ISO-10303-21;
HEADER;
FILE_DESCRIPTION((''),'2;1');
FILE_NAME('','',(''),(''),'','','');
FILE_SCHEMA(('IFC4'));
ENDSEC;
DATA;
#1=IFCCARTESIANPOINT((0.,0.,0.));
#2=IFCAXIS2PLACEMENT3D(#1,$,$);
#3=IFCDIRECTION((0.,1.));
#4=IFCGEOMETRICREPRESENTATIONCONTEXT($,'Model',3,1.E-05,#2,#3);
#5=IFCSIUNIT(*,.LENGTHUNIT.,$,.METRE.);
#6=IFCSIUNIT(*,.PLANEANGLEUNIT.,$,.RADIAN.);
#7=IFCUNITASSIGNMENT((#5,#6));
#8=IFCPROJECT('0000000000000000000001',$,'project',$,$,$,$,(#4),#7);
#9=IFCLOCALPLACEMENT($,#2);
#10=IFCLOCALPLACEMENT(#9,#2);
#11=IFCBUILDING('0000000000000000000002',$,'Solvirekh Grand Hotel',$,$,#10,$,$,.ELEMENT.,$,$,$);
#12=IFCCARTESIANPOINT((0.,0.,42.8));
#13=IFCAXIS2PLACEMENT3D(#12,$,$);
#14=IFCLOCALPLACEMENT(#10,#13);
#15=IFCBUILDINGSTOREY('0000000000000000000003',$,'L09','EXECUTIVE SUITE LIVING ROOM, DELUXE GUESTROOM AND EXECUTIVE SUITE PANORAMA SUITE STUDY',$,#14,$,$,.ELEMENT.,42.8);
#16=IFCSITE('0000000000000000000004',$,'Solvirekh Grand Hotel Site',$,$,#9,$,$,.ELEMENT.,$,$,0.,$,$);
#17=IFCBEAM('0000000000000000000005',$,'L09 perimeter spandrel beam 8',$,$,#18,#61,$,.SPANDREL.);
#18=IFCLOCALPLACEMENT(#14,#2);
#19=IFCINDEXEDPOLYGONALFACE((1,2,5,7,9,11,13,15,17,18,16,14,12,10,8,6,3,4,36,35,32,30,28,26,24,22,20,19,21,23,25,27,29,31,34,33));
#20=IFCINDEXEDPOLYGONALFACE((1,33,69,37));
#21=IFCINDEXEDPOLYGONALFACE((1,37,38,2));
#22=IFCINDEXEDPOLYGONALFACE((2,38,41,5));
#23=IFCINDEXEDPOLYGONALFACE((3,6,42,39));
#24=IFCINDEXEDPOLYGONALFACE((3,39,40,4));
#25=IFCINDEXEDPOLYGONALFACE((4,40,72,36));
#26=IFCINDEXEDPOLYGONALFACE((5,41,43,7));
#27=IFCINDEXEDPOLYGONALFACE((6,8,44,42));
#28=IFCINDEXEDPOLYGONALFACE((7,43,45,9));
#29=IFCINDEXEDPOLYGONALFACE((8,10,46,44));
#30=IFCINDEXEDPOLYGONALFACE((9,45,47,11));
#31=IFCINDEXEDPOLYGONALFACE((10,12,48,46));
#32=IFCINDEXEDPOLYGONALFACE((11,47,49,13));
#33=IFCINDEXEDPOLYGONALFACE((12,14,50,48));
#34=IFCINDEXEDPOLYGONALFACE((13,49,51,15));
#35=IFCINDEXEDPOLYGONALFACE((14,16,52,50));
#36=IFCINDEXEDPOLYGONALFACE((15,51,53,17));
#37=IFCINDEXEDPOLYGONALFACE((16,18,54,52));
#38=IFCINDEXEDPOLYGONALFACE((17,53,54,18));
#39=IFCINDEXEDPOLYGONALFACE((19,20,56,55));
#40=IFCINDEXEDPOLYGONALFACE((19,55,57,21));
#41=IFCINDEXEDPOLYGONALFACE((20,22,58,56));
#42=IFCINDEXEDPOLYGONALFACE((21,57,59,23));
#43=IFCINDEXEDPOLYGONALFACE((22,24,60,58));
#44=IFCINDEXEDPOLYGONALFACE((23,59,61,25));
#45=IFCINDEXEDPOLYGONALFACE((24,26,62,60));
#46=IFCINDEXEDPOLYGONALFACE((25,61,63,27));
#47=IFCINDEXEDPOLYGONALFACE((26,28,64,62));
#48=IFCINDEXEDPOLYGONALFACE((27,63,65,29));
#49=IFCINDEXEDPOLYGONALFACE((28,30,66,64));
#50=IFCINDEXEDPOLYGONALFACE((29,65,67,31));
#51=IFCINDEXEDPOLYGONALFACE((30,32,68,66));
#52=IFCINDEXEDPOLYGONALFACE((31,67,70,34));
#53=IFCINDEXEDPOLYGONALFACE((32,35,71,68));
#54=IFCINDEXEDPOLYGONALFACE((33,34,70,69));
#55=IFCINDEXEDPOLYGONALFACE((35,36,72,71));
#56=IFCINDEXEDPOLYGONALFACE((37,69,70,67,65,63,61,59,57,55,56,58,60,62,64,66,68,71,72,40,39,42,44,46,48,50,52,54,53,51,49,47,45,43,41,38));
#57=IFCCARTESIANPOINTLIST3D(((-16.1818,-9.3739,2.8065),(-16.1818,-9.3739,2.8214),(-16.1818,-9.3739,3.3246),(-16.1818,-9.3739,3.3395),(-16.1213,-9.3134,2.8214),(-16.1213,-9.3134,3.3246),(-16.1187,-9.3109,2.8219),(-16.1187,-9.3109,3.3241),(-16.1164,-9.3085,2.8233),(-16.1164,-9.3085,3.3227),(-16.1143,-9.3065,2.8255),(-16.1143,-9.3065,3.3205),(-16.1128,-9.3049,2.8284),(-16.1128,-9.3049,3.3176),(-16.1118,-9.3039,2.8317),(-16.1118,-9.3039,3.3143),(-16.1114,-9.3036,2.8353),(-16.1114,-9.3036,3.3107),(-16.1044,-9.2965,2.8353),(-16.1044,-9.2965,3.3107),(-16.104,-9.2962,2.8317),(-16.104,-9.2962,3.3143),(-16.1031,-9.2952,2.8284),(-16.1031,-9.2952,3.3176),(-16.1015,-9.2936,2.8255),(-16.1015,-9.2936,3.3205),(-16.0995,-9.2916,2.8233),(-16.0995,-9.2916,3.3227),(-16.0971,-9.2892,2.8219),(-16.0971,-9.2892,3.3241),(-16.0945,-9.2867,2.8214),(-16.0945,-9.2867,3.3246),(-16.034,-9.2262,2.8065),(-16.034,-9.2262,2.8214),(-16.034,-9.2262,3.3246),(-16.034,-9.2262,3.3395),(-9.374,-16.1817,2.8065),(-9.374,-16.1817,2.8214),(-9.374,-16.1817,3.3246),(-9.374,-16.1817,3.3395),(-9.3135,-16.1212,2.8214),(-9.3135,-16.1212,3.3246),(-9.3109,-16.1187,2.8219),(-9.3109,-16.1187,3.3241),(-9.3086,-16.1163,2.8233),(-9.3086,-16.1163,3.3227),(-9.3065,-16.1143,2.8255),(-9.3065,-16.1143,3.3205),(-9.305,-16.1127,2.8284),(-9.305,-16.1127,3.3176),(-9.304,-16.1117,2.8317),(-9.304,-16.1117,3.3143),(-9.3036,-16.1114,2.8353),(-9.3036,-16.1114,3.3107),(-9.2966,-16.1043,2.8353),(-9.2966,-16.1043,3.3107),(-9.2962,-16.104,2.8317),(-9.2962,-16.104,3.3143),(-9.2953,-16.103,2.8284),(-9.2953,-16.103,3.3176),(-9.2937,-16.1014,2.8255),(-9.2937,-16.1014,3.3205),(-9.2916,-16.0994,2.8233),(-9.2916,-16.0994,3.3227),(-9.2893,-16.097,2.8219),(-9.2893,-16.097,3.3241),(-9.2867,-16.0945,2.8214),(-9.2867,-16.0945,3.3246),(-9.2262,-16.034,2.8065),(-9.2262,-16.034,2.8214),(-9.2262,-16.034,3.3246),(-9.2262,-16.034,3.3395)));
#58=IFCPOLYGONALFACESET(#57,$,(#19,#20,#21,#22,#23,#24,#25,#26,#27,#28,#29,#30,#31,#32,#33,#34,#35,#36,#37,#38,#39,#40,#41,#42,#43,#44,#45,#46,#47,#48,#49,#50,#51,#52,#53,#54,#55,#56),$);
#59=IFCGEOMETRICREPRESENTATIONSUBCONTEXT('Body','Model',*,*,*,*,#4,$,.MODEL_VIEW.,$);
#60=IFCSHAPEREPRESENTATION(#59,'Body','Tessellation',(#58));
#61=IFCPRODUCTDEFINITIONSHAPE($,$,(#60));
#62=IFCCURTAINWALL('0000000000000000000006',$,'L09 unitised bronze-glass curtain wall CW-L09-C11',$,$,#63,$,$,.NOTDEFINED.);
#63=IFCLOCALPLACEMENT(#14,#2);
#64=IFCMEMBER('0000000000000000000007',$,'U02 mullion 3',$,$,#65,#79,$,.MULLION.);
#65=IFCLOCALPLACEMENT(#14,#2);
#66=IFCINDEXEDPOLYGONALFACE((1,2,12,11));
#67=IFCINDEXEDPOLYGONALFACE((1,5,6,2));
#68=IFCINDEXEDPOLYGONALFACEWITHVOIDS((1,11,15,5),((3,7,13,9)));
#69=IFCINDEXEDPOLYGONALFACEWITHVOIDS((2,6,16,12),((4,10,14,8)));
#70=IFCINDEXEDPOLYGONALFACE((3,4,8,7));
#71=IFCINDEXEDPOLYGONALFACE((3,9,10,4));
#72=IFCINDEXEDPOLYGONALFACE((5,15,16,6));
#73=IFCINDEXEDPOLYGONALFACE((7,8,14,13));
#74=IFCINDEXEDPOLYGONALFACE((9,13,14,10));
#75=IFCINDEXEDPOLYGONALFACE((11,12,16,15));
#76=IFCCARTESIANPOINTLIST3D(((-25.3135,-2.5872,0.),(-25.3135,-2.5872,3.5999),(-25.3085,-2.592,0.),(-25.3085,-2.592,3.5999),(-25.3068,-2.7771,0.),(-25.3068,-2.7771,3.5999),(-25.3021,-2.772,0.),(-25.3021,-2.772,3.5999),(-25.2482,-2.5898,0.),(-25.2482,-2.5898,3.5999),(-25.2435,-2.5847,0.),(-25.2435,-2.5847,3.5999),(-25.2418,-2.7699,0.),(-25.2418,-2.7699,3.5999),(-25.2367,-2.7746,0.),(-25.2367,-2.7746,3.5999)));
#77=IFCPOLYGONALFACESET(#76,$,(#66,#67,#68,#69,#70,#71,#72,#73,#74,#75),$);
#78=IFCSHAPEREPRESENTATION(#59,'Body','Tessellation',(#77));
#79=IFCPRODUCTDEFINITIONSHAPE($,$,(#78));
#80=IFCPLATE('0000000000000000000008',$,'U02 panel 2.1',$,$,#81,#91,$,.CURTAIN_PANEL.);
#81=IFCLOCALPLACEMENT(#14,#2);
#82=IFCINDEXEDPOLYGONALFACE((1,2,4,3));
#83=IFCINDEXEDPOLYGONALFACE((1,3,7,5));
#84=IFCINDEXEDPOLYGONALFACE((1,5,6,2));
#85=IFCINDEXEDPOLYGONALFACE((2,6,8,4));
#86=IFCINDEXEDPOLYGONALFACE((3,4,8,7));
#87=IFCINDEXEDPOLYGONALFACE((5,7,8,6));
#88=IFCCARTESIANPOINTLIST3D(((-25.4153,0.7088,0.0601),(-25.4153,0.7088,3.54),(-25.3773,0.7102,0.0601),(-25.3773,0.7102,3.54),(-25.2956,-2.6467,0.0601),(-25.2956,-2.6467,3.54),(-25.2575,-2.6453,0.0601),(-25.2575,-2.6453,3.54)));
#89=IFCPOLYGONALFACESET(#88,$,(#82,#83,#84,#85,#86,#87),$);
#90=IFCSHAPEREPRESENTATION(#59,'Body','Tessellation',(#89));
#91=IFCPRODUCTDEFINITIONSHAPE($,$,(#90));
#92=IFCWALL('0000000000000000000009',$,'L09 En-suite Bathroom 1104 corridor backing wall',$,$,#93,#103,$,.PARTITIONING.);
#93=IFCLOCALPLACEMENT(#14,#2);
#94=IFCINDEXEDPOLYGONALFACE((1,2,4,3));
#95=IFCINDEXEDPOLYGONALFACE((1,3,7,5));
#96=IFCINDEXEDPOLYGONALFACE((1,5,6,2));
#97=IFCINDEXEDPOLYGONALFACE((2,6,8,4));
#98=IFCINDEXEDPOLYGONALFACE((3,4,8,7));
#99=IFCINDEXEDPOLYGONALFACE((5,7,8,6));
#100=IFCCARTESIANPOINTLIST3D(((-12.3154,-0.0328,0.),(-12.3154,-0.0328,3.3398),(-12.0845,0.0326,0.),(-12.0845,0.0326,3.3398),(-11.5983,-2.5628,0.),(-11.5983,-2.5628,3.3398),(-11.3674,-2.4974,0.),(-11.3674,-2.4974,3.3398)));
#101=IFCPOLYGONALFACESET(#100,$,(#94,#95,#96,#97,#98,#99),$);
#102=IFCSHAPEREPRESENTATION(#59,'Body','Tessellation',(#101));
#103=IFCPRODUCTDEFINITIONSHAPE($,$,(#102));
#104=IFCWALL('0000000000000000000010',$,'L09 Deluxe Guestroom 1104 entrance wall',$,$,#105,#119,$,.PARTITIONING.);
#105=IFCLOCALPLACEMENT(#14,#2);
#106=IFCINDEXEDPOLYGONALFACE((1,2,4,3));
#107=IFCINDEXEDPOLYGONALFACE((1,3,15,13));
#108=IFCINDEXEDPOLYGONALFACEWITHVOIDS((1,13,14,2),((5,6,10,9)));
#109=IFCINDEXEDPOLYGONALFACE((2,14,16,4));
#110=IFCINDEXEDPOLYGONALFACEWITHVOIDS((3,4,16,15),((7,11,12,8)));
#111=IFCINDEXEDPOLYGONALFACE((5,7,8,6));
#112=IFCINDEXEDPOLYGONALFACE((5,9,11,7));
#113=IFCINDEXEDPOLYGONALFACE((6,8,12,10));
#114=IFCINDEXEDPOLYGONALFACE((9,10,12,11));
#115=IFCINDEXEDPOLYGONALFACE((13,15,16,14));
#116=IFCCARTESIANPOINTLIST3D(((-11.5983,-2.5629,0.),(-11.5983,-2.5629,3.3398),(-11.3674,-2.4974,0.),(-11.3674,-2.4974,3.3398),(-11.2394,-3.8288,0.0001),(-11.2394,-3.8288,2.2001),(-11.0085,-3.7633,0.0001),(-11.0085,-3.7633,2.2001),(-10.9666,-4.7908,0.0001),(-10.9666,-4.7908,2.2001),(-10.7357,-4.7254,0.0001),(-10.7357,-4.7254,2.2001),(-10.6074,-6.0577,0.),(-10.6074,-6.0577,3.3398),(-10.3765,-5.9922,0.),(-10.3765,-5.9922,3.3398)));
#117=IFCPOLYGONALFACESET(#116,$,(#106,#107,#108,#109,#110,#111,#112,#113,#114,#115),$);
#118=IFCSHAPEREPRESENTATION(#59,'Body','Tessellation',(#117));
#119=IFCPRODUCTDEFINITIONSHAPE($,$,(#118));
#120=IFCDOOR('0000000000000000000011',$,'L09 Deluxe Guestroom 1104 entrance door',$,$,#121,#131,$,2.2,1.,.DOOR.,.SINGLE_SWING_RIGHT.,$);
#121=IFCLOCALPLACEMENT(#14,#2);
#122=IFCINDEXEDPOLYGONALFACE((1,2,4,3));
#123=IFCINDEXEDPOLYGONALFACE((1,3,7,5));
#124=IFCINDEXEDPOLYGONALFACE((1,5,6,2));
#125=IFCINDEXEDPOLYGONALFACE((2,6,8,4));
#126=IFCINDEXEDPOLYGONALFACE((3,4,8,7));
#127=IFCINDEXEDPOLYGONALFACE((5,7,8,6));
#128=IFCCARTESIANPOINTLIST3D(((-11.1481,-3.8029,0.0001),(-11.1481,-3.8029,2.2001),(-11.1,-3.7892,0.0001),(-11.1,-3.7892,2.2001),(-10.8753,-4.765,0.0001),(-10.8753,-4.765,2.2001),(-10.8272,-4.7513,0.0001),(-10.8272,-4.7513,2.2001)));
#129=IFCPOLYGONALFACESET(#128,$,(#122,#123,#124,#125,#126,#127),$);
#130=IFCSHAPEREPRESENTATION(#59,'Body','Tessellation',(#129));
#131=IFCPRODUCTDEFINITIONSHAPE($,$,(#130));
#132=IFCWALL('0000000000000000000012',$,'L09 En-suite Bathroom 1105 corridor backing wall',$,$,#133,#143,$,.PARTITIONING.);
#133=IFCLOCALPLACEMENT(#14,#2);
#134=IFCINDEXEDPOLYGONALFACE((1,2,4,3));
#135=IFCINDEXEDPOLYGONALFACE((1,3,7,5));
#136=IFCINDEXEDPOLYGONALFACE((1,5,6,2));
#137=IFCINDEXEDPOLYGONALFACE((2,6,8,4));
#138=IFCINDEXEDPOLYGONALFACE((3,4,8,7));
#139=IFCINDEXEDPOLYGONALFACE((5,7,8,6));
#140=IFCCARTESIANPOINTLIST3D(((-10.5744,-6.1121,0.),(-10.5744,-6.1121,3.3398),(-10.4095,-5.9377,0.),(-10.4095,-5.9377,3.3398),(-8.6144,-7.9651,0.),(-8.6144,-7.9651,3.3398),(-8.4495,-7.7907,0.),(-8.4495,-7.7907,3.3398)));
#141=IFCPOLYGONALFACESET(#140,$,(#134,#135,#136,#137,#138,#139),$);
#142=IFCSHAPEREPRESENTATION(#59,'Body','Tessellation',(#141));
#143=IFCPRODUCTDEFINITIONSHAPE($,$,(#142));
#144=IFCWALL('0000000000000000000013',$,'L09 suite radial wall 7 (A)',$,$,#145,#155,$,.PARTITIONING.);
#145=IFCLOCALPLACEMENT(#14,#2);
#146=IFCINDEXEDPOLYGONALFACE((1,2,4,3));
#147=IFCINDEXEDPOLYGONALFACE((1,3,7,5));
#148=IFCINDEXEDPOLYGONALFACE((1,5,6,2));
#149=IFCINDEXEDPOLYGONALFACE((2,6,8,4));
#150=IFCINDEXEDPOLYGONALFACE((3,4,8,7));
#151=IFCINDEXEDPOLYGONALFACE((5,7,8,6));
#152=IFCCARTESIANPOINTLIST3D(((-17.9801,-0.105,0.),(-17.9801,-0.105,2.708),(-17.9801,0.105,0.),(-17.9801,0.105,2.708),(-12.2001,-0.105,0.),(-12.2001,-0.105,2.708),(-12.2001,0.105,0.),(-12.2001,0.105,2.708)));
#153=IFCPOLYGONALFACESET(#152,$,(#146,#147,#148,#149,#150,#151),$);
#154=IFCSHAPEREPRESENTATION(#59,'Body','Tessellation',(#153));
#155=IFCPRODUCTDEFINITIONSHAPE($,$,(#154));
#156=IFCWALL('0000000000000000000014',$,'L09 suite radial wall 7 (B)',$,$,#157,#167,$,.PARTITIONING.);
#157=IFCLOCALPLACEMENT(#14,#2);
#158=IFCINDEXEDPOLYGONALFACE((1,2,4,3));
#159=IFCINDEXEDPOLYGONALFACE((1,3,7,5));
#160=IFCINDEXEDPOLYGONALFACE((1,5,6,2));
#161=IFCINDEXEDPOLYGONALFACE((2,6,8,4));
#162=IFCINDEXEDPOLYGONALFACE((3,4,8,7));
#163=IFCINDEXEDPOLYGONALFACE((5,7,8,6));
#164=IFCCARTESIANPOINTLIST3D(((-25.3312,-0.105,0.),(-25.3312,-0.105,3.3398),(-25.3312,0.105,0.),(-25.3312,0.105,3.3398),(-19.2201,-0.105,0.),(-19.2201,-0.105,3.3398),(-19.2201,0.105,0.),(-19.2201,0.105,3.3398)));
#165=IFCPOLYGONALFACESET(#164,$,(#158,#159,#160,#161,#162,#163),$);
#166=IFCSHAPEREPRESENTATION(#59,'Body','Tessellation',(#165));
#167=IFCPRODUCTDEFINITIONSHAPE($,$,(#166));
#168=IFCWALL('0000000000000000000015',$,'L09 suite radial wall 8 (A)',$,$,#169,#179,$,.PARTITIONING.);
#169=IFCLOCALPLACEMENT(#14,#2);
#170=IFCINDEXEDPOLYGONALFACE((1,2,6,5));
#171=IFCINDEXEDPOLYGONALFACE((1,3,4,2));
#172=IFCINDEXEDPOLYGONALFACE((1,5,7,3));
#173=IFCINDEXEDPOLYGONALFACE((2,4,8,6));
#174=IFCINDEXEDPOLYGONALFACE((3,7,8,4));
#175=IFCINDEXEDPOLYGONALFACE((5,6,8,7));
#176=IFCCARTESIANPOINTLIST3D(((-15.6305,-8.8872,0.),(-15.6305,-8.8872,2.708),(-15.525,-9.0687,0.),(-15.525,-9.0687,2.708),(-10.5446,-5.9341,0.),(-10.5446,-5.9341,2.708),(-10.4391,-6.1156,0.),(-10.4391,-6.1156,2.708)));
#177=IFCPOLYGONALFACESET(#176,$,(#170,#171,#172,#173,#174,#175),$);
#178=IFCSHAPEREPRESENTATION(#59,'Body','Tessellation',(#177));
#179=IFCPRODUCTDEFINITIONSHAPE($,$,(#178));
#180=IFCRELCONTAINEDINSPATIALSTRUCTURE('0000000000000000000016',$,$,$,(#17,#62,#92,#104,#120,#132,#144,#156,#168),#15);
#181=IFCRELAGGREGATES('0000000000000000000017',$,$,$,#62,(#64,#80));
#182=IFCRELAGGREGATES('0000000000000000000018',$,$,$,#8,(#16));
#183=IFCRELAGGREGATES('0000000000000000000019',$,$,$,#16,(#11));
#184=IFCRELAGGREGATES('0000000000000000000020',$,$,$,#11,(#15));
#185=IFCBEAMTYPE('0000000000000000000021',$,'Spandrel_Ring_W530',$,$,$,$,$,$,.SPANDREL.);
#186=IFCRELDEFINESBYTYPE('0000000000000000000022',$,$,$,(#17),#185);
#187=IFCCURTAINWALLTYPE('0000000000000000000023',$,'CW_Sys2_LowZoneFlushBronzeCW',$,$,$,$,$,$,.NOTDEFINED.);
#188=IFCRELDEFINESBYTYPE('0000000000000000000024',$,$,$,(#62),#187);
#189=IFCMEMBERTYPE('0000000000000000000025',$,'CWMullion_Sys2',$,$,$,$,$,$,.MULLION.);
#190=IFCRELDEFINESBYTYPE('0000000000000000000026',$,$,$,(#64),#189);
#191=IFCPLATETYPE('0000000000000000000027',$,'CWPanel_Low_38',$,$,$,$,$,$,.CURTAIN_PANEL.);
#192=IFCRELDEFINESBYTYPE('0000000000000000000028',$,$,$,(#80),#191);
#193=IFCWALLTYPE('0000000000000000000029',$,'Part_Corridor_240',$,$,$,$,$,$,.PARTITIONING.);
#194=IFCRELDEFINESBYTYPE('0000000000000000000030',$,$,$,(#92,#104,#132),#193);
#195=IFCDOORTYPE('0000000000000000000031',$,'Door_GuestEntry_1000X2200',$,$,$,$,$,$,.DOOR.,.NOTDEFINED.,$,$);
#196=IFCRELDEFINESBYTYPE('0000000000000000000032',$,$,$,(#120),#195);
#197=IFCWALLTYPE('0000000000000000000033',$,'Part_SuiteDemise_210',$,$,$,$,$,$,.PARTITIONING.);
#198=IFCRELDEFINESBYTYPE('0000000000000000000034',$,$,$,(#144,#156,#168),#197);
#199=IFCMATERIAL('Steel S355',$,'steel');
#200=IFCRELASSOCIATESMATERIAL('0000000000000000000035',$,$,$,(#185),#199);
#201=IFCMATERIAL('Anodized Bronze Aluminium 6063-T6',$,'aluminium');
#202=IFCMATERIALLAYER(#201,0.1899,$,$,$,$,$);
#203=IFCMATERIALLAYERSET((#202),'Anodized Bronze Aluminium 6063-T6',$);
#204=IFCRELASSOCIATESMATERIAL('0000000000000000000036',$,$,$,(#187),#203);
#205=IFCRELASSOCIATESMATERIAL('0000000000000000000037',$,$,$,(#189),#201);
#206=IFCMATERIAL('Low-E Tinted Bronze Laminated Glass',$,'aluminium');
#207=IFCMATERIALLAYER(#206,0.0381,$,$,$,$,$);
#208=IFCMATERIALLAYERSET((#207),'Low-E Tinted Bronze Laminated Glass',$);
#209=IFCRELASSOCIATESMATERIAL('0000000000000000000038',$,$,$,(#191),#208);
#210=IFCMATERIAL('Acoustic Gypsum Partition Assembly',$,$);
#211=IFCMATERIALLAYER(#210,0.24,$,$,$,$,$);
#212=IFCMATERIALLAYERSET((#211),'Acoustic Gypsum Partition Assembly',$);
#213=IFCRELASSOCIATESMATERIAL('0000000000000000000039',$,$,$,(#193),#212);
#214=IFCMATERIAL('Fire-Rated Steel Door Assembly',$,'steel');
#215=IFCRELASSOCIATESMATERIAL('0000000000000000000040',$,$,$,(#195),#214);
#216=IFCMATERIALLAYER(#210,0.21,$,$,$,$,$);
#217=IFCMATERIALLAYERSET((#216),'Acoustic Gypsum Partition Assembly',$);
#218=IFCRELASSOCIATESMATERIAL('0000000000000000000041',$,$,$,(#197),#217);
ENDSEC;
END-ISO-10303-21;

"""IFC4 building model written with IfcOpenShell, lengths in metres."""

from ifc_helpers import new_model, si_unit, direction, frame, frame_2d, origin, origin_2d, place, context, subcontext, project, spatial, rectangle, hollow_rectangle, i_section, extrude, source, transform, mapped, material, layer, layer_set, material_profile, profile_set, type_object, element, fill, aggregate, save


model = new_model("IFC4")

# Units and contexts
model_context = context("Model", 3, precision=1e-05, world=origin(), true_north=direction((0.0, 1.0)))
body_context = subcontext(model_context, "Body", "Model", "MODEL_VIEW")
ifc_project = project(units=[si_unit("LENGTHUNIT", "METRE"), si_unit("PLANEANGLEUNIT", "RADIAN")], contexts=[model_context])

# Site, building, storey
site_placement = place(None, origin())
site = spatial("IfcSite", under=ifc_project, at=site_placement, Name="Solvirekh Grand Hotel Site", CompositionType="ELEMENT", RefElevation=0.0)
building_placement = place(site_placement, origin())
building = spatial("IfcBuilding", under=site, at=building_placement, Name="Solvirekh Grand Hotel", CompositionType="ELEMENT")
storey_placement = place(building_placement, frame((0.0, 0.0, 42.8)))
storey = spatial("IfcBuildingStorey", under=building, at=storey_placement, Name="L09", Description="EXECUTIVE SUITE LIVING ROOM, DELUXE GUESTROOM AND EXECUTIVE SUITE PANORAMA SUITE STUDY", CompositionType="ELEMENT", Elevation=42.8)

# Beam
ifc_material_1 = material(Name="Steel S355", Category="steel")
ifc_material_profile_1 = material_profile(ifc_material_1, i_section(OverallWidth=0.209, OverallDepth=0.533, WebThickness=0.01, FlangeThickness=0.0149, FilletRadius=0.0139, at=origin_2d()), Name="W530X92")
ifc_profile_set_1 = profile_set([ifc_material_profile_1], Name="Steel S355")
beam_type_1 = type_object("IfcBeamType", Name="Spandrel_Ring_W530", PredefinedType="SPANDREL", material=ifc_profile_set_1)
beam_1_placement = place(storey_placement, frame((-16.1079, -9.3, 3.073), z_axis=(0.707107, -0.707107, 0.0), x_axis=(0.707107, 0.707107, 0.0)))
element("IfcBeam", 1, at=beam_1_placement, inside=storey, type_object=beam_type_1, Name="L09 perimeter spandrel beam 8", PredefinedType="SPANDREL", context=body_context, shape_type="SweptSolid", body=[
    extrude(i_section(OverallWidth=0.209, OverallDepth=0.533, WebThickness=0.01, FlangeThickness=0.0149, FilletRadius=0.0139, at=origin_2d()), origin(), (0.0, 0.0, 1.0), 9.6277),
])

# Curtain wall, member, plate
ifc_material_2 = material(Name="Anodized Bronze Aluminium 6063-T6", Category="aluminium")
ifc_layer_1 = layer(ifc_material_2, 0.1899)
ifc_layer_set_1 = layer_set([ifc_layer_1], Name="Anodized Bronze Aluminium 6063-T6")
curtain_wall_type = type_object("IfcCurtainWallType", Name="CW_Sys2_LowZoneFlushBronzeCW", PredefinedType="NOTDEFINED", material=ifc_layer_set_1)
curtain_wall_placement = place(storey_placement, origin())
curtain_wall = element("IfcCurtainWall", 2, at=curtain_wall_placement, inside=storey, type_object=curtain_wall_type, Name="L09 unitised bronze-glass curtain wall CW-L09-C11", PredefinedType="NOTDEFINED")
ifc_material_profile_2 = material_profile(ifc_material_2, hollow_rectangle(XDim=0.0701, YDim=0.1899, WallThickness=0.0049, at=origin_2d()), Name="ALU RHS 190X70X5")
ifc_profile_set_2 = profile_set([ifc_material_profile_2], Name="Anodized Bronze Aluminium 6063-T6")
member_type = type_object("IfcMemberType", Name="CWMullion_Sys2", PredefinedType="MULLION", material=ifc_profile_set_2)
shared_shape_1 = source(origin(), body_context, "Body", "SweptSolid", [
    extrude(hollow_rectangle(XDim=0.0701, YDim=0.1899, WallThickness=0.0049, at=origin_2d()), origin(), (0.0, 0.0, 1.0), 3.5999),
])
member_placement = place(storey_placement, frame((-25.2751, -2.6809, 0.0), z_axis=(0.0, 0.0, 1.0), x_axis=(0.999364, 0.035666, 0.0)))
member = element("IfcMember", 3, at=member_placement, type_object=member_type, Name="U02 mullion 3", PredefinedType="MULLION", context=body_context, shape_type="MappedRepresentation", body=[
    mapped(shared_shape_1, transform((0.0, 0.0, 0.0), x_axis=(1.0, 0.0, 0.0), y_axis=(0.0, 1.0, 0.0), z_axis=(0.0, 0.0, 1.0), scale=1.0)),
])
ifc_material_3 = material(Name="Low-E Tinted Bronze Laminated Glass", Category="aluminium")
ifc_layer_2 = layer(ifc_material_3, 0.0381)
ifc_layer_set_2 = layer_set([ifc_layer_2], Name="Low-E Tinted Bronze Laminated Glass")
plate_type = type_object("IfcPlateType", Name="CWPanel_Low_38", PredefinedType="CURTAIN_PANEL", material=ifc_layer_set_2)
shared_shape_2 = source(origin(), body_context, "Body", "SweptSolid", [
    extrude(rectangle(XDim=3.3577, YDim=0.0381, at=origin_2d()), origin(), (0.0, 0.0, 1.0), 3.48),
])
plate_placement = place(storey_placement, frame((-25.3364, -0.9683, 0.0601), z_axis=(0.0, 0.0, 1.0), x_axis=(0.035666, -0.999364, 0.0)))
plate = element("IfcPlate", 4, at=plate_placement, type_object=plate_type, Name="U02 panel 2.1", PredefinedType="CURTAIN_PANEL", context=body_context, shape_type="MappedRepresentation", body=[
    mapped(shared_shape_2, transform((0.0, 0.0, 0.0), x_axis=(1.0, 0.0, 0.0), y_axis=(0.0, 1.0, 0.0), z_axis=(0.0, 0.0, 1.0), scale=1.0)),
])
aggregate(curtain_wall, [member, plate])

# Wall
ifc_material_4 = material(Name="Acoustic Gypsum Partition Assembly")
ifc_layer_3 = layer(ifc_material_4, 0.24)
ifc_layer_set_3 = layer_set([ifc_layer_3], Name="Acoustic Gypsum Partition Assembly")
wall_type_1 = type_object("IfcWallType", Name="Part_Corridor_240", PredefinedType="PARTITIONING", material=ifc_layer_set_3)
wall_1_placement = place(storey_placement, frame((-12.2, 0.0, 0.0), z_axis=(0.0, 0.0, 1.0), x_axis=(0.272673, -0.962107, 0.0)))
element("IfcWall", 5, at=wall_1_placement, inside=storey, type_object=wall_type_1, Name="L09 En-suite Bathroom 1104 corridor backing wall", PredefinedType="PARTITIONING", context=body_context, shape_type="SweptSolid", body=[
    extrude(rectangle(XDim=2.6296, YDim=0.24, at=frame_2d((1.3149, 0.0))), origin(), (0.0, 0.0, 1.0), 3.3398),
])

# Wall, opening, door
wall_2_placement = place(storey_placement, frame((-11.4829, -2.53, 0.0), z_axis=(0.0, 0.0, 1.0), x_axis=(0.272794, -0.962072, 0.0)))
wall_2 = element("IfcWall", 6, at=wall_2_placement, inside=storey, type_object=wall_type_1, Name="L09 Deluxe Guestroom 1104 entrance wall", PredefinedType="PARTITIONING", context=body_context, shape_type="SweptSolid", body=[
    extrude(rectangle(XDim=3.6326, YDim=0.24, at=frame_2d((1.8164, 0.0))), origin(), (0.0, 0.0, 1.0), 3.3398),
])
opening_1_placement = place(wall_2_placement, frame((1.3159, 0.0, 0.0)))
opening_1 = element("IfcOpeningElement", 7, at=opening_1_placement, cuts=wall_2, PredefinedType="OPENING", context=body_context, shape_type="SweptSolid", body=[
    extrude(rectangle(XDim=1.0, YDim=2.2, at=frame_2d((0.5, 1.1001))), frame((0.0, 0.1299, 0.0), z_axis=(0.0, -1.0, 0.0), x_axis=(1.0, 0.0, 0.0)), (0.0, 0.0, 1.0), 0.26),
])
ifc_material_5 = material(Name="Fire-Rated Steel Door Assembly", Category="steel")
door_type_1 = type_object("IfcDoorType", Name="Door_GuestEntry_1000X2200", OperationType="NOTDEFINED", PredefinedType="DOOR", material=ifc_material_5)
door_1_placement = place(opening_1_placement, origin())
door_1 = element("IfcDoor", 8, at=door_1_placement, inside=storey, type_object=door_type_1, Name="L09 Deluxe Guestroom 1104 entrance door", OperationType="SINGLE_SWING_RIGHT", OverallHeight=2.2, OverallWidth=1.0, PredefinedType="DOOR", context=body_context, shape_type="SweptSolid", body=[
    extrude(rectangle(XDim=1.0, YDim=2.2, at=frame_2d((0.5, 1.1001))), frame((0.0, 0.0249, 0.0), z_axis=(0.0, -1.0, 0.0), x_axis=(1.0, 0.0, 0.0)), (0.0, 0.0, 1.0), 0.05),
])
fill(opening_1, door_1)

# Walls
wall_3_placement = place(storey_placement, frame((-10.4919, -6.0249, 0.0), z_axis=(0.0, 0.0, 1.0), x_axis=(0.726652, -0.687006, 0.0)))
element("IfcWall", 9, at=wall_3_placement, inside=storey, type_object=wall_type_1, Name="L09 En-suite Bathroom 1105 corridor backing wall", PredefinedType="PARTITIONING", context=body_context, shape_type="SweptSolid", body=[
    extrude(rectangle(XDim=2.6973, YDim=0.24, at=frame_2d((1.3486, 0.0))), origin(), (0.0, 0.0, 1.0), 3.3398),
])
ifc_layer_4 = layer(ifc_material_4, 0.21)
ifc_layer_set_4 = layer_set([ifc_layer_4], Name="Acoustic Gypsum Partition Assembly")
wall_type_2 = type_object("IfcWallType", Name="Part_SuiteDemise_210", PredefinedType="PARTITIONING", material=ifc_layer_set_4)
wall_4_placement = place(storey_placement, frame((-12.2, 0.0, 0.0), z_axis=(0.0, 0.0, 1.0), x_axis=(-1.0, 0.0, 0.0)))
element("IfcWall", 10, at=wall_4_placement, inside=storey, type_object=wall_type_2, Name="L09 suite radial wall 7 (A)", PredefinedType="PARTITIONING", context=body_context, shape_type="SweptSolid", body=[
    extrude(rectangle(XDim=5.78, YDim=0.21, at=frame_2d((2.8901, 0.0))), origin(), (0.0, 0.0, 1.0), 2.708),
])
wall_5_placement = place(storey_placement, frame((-19.22, 0.0, 0.0), z_axis=(0.0, 0.0, 1.0), x_axis=(-1.0, 0.0, 0.0)))
element("IfcWall", 11, at=wall_5_placement, inside=storey, type_object=wall_type_2, Name="L09 suite radial wall 7 (B)", PredefinedType="PARTITIONING", context=body_context, shape_type="SweptSolid", body=[
    extrude(rectangle(XDim=6.1111, YDim=0.21, at=frame_2d((3.0557, 0.0))), origin(), (0.0, 0.0, 1.0), 3.3398),
])
wall_6_placement = place(storey_placement, frame((-10.4919, -6.0249, 0.0), z_axis=(0.0, 0.0, 1.0), x_axis=(-0.864789, -0.502136, 0.0)))
element("IfcWall", 12, at=wall_6_placement, inside=storey, type_object=wall_type_2, Name="L09 suite radial wall 8 (A)", PredefinedType="PARTITIONING", context=body_context, shape_type="SweptSolid", body=[
    extrude(rectangle(XDim=5.8811, YDim=0.21, at=frame_2d((2.9404, 0.0))), origin(), (0.0, 0.0, 1.0), 2.708),
])

save(model, "model.ifc")
